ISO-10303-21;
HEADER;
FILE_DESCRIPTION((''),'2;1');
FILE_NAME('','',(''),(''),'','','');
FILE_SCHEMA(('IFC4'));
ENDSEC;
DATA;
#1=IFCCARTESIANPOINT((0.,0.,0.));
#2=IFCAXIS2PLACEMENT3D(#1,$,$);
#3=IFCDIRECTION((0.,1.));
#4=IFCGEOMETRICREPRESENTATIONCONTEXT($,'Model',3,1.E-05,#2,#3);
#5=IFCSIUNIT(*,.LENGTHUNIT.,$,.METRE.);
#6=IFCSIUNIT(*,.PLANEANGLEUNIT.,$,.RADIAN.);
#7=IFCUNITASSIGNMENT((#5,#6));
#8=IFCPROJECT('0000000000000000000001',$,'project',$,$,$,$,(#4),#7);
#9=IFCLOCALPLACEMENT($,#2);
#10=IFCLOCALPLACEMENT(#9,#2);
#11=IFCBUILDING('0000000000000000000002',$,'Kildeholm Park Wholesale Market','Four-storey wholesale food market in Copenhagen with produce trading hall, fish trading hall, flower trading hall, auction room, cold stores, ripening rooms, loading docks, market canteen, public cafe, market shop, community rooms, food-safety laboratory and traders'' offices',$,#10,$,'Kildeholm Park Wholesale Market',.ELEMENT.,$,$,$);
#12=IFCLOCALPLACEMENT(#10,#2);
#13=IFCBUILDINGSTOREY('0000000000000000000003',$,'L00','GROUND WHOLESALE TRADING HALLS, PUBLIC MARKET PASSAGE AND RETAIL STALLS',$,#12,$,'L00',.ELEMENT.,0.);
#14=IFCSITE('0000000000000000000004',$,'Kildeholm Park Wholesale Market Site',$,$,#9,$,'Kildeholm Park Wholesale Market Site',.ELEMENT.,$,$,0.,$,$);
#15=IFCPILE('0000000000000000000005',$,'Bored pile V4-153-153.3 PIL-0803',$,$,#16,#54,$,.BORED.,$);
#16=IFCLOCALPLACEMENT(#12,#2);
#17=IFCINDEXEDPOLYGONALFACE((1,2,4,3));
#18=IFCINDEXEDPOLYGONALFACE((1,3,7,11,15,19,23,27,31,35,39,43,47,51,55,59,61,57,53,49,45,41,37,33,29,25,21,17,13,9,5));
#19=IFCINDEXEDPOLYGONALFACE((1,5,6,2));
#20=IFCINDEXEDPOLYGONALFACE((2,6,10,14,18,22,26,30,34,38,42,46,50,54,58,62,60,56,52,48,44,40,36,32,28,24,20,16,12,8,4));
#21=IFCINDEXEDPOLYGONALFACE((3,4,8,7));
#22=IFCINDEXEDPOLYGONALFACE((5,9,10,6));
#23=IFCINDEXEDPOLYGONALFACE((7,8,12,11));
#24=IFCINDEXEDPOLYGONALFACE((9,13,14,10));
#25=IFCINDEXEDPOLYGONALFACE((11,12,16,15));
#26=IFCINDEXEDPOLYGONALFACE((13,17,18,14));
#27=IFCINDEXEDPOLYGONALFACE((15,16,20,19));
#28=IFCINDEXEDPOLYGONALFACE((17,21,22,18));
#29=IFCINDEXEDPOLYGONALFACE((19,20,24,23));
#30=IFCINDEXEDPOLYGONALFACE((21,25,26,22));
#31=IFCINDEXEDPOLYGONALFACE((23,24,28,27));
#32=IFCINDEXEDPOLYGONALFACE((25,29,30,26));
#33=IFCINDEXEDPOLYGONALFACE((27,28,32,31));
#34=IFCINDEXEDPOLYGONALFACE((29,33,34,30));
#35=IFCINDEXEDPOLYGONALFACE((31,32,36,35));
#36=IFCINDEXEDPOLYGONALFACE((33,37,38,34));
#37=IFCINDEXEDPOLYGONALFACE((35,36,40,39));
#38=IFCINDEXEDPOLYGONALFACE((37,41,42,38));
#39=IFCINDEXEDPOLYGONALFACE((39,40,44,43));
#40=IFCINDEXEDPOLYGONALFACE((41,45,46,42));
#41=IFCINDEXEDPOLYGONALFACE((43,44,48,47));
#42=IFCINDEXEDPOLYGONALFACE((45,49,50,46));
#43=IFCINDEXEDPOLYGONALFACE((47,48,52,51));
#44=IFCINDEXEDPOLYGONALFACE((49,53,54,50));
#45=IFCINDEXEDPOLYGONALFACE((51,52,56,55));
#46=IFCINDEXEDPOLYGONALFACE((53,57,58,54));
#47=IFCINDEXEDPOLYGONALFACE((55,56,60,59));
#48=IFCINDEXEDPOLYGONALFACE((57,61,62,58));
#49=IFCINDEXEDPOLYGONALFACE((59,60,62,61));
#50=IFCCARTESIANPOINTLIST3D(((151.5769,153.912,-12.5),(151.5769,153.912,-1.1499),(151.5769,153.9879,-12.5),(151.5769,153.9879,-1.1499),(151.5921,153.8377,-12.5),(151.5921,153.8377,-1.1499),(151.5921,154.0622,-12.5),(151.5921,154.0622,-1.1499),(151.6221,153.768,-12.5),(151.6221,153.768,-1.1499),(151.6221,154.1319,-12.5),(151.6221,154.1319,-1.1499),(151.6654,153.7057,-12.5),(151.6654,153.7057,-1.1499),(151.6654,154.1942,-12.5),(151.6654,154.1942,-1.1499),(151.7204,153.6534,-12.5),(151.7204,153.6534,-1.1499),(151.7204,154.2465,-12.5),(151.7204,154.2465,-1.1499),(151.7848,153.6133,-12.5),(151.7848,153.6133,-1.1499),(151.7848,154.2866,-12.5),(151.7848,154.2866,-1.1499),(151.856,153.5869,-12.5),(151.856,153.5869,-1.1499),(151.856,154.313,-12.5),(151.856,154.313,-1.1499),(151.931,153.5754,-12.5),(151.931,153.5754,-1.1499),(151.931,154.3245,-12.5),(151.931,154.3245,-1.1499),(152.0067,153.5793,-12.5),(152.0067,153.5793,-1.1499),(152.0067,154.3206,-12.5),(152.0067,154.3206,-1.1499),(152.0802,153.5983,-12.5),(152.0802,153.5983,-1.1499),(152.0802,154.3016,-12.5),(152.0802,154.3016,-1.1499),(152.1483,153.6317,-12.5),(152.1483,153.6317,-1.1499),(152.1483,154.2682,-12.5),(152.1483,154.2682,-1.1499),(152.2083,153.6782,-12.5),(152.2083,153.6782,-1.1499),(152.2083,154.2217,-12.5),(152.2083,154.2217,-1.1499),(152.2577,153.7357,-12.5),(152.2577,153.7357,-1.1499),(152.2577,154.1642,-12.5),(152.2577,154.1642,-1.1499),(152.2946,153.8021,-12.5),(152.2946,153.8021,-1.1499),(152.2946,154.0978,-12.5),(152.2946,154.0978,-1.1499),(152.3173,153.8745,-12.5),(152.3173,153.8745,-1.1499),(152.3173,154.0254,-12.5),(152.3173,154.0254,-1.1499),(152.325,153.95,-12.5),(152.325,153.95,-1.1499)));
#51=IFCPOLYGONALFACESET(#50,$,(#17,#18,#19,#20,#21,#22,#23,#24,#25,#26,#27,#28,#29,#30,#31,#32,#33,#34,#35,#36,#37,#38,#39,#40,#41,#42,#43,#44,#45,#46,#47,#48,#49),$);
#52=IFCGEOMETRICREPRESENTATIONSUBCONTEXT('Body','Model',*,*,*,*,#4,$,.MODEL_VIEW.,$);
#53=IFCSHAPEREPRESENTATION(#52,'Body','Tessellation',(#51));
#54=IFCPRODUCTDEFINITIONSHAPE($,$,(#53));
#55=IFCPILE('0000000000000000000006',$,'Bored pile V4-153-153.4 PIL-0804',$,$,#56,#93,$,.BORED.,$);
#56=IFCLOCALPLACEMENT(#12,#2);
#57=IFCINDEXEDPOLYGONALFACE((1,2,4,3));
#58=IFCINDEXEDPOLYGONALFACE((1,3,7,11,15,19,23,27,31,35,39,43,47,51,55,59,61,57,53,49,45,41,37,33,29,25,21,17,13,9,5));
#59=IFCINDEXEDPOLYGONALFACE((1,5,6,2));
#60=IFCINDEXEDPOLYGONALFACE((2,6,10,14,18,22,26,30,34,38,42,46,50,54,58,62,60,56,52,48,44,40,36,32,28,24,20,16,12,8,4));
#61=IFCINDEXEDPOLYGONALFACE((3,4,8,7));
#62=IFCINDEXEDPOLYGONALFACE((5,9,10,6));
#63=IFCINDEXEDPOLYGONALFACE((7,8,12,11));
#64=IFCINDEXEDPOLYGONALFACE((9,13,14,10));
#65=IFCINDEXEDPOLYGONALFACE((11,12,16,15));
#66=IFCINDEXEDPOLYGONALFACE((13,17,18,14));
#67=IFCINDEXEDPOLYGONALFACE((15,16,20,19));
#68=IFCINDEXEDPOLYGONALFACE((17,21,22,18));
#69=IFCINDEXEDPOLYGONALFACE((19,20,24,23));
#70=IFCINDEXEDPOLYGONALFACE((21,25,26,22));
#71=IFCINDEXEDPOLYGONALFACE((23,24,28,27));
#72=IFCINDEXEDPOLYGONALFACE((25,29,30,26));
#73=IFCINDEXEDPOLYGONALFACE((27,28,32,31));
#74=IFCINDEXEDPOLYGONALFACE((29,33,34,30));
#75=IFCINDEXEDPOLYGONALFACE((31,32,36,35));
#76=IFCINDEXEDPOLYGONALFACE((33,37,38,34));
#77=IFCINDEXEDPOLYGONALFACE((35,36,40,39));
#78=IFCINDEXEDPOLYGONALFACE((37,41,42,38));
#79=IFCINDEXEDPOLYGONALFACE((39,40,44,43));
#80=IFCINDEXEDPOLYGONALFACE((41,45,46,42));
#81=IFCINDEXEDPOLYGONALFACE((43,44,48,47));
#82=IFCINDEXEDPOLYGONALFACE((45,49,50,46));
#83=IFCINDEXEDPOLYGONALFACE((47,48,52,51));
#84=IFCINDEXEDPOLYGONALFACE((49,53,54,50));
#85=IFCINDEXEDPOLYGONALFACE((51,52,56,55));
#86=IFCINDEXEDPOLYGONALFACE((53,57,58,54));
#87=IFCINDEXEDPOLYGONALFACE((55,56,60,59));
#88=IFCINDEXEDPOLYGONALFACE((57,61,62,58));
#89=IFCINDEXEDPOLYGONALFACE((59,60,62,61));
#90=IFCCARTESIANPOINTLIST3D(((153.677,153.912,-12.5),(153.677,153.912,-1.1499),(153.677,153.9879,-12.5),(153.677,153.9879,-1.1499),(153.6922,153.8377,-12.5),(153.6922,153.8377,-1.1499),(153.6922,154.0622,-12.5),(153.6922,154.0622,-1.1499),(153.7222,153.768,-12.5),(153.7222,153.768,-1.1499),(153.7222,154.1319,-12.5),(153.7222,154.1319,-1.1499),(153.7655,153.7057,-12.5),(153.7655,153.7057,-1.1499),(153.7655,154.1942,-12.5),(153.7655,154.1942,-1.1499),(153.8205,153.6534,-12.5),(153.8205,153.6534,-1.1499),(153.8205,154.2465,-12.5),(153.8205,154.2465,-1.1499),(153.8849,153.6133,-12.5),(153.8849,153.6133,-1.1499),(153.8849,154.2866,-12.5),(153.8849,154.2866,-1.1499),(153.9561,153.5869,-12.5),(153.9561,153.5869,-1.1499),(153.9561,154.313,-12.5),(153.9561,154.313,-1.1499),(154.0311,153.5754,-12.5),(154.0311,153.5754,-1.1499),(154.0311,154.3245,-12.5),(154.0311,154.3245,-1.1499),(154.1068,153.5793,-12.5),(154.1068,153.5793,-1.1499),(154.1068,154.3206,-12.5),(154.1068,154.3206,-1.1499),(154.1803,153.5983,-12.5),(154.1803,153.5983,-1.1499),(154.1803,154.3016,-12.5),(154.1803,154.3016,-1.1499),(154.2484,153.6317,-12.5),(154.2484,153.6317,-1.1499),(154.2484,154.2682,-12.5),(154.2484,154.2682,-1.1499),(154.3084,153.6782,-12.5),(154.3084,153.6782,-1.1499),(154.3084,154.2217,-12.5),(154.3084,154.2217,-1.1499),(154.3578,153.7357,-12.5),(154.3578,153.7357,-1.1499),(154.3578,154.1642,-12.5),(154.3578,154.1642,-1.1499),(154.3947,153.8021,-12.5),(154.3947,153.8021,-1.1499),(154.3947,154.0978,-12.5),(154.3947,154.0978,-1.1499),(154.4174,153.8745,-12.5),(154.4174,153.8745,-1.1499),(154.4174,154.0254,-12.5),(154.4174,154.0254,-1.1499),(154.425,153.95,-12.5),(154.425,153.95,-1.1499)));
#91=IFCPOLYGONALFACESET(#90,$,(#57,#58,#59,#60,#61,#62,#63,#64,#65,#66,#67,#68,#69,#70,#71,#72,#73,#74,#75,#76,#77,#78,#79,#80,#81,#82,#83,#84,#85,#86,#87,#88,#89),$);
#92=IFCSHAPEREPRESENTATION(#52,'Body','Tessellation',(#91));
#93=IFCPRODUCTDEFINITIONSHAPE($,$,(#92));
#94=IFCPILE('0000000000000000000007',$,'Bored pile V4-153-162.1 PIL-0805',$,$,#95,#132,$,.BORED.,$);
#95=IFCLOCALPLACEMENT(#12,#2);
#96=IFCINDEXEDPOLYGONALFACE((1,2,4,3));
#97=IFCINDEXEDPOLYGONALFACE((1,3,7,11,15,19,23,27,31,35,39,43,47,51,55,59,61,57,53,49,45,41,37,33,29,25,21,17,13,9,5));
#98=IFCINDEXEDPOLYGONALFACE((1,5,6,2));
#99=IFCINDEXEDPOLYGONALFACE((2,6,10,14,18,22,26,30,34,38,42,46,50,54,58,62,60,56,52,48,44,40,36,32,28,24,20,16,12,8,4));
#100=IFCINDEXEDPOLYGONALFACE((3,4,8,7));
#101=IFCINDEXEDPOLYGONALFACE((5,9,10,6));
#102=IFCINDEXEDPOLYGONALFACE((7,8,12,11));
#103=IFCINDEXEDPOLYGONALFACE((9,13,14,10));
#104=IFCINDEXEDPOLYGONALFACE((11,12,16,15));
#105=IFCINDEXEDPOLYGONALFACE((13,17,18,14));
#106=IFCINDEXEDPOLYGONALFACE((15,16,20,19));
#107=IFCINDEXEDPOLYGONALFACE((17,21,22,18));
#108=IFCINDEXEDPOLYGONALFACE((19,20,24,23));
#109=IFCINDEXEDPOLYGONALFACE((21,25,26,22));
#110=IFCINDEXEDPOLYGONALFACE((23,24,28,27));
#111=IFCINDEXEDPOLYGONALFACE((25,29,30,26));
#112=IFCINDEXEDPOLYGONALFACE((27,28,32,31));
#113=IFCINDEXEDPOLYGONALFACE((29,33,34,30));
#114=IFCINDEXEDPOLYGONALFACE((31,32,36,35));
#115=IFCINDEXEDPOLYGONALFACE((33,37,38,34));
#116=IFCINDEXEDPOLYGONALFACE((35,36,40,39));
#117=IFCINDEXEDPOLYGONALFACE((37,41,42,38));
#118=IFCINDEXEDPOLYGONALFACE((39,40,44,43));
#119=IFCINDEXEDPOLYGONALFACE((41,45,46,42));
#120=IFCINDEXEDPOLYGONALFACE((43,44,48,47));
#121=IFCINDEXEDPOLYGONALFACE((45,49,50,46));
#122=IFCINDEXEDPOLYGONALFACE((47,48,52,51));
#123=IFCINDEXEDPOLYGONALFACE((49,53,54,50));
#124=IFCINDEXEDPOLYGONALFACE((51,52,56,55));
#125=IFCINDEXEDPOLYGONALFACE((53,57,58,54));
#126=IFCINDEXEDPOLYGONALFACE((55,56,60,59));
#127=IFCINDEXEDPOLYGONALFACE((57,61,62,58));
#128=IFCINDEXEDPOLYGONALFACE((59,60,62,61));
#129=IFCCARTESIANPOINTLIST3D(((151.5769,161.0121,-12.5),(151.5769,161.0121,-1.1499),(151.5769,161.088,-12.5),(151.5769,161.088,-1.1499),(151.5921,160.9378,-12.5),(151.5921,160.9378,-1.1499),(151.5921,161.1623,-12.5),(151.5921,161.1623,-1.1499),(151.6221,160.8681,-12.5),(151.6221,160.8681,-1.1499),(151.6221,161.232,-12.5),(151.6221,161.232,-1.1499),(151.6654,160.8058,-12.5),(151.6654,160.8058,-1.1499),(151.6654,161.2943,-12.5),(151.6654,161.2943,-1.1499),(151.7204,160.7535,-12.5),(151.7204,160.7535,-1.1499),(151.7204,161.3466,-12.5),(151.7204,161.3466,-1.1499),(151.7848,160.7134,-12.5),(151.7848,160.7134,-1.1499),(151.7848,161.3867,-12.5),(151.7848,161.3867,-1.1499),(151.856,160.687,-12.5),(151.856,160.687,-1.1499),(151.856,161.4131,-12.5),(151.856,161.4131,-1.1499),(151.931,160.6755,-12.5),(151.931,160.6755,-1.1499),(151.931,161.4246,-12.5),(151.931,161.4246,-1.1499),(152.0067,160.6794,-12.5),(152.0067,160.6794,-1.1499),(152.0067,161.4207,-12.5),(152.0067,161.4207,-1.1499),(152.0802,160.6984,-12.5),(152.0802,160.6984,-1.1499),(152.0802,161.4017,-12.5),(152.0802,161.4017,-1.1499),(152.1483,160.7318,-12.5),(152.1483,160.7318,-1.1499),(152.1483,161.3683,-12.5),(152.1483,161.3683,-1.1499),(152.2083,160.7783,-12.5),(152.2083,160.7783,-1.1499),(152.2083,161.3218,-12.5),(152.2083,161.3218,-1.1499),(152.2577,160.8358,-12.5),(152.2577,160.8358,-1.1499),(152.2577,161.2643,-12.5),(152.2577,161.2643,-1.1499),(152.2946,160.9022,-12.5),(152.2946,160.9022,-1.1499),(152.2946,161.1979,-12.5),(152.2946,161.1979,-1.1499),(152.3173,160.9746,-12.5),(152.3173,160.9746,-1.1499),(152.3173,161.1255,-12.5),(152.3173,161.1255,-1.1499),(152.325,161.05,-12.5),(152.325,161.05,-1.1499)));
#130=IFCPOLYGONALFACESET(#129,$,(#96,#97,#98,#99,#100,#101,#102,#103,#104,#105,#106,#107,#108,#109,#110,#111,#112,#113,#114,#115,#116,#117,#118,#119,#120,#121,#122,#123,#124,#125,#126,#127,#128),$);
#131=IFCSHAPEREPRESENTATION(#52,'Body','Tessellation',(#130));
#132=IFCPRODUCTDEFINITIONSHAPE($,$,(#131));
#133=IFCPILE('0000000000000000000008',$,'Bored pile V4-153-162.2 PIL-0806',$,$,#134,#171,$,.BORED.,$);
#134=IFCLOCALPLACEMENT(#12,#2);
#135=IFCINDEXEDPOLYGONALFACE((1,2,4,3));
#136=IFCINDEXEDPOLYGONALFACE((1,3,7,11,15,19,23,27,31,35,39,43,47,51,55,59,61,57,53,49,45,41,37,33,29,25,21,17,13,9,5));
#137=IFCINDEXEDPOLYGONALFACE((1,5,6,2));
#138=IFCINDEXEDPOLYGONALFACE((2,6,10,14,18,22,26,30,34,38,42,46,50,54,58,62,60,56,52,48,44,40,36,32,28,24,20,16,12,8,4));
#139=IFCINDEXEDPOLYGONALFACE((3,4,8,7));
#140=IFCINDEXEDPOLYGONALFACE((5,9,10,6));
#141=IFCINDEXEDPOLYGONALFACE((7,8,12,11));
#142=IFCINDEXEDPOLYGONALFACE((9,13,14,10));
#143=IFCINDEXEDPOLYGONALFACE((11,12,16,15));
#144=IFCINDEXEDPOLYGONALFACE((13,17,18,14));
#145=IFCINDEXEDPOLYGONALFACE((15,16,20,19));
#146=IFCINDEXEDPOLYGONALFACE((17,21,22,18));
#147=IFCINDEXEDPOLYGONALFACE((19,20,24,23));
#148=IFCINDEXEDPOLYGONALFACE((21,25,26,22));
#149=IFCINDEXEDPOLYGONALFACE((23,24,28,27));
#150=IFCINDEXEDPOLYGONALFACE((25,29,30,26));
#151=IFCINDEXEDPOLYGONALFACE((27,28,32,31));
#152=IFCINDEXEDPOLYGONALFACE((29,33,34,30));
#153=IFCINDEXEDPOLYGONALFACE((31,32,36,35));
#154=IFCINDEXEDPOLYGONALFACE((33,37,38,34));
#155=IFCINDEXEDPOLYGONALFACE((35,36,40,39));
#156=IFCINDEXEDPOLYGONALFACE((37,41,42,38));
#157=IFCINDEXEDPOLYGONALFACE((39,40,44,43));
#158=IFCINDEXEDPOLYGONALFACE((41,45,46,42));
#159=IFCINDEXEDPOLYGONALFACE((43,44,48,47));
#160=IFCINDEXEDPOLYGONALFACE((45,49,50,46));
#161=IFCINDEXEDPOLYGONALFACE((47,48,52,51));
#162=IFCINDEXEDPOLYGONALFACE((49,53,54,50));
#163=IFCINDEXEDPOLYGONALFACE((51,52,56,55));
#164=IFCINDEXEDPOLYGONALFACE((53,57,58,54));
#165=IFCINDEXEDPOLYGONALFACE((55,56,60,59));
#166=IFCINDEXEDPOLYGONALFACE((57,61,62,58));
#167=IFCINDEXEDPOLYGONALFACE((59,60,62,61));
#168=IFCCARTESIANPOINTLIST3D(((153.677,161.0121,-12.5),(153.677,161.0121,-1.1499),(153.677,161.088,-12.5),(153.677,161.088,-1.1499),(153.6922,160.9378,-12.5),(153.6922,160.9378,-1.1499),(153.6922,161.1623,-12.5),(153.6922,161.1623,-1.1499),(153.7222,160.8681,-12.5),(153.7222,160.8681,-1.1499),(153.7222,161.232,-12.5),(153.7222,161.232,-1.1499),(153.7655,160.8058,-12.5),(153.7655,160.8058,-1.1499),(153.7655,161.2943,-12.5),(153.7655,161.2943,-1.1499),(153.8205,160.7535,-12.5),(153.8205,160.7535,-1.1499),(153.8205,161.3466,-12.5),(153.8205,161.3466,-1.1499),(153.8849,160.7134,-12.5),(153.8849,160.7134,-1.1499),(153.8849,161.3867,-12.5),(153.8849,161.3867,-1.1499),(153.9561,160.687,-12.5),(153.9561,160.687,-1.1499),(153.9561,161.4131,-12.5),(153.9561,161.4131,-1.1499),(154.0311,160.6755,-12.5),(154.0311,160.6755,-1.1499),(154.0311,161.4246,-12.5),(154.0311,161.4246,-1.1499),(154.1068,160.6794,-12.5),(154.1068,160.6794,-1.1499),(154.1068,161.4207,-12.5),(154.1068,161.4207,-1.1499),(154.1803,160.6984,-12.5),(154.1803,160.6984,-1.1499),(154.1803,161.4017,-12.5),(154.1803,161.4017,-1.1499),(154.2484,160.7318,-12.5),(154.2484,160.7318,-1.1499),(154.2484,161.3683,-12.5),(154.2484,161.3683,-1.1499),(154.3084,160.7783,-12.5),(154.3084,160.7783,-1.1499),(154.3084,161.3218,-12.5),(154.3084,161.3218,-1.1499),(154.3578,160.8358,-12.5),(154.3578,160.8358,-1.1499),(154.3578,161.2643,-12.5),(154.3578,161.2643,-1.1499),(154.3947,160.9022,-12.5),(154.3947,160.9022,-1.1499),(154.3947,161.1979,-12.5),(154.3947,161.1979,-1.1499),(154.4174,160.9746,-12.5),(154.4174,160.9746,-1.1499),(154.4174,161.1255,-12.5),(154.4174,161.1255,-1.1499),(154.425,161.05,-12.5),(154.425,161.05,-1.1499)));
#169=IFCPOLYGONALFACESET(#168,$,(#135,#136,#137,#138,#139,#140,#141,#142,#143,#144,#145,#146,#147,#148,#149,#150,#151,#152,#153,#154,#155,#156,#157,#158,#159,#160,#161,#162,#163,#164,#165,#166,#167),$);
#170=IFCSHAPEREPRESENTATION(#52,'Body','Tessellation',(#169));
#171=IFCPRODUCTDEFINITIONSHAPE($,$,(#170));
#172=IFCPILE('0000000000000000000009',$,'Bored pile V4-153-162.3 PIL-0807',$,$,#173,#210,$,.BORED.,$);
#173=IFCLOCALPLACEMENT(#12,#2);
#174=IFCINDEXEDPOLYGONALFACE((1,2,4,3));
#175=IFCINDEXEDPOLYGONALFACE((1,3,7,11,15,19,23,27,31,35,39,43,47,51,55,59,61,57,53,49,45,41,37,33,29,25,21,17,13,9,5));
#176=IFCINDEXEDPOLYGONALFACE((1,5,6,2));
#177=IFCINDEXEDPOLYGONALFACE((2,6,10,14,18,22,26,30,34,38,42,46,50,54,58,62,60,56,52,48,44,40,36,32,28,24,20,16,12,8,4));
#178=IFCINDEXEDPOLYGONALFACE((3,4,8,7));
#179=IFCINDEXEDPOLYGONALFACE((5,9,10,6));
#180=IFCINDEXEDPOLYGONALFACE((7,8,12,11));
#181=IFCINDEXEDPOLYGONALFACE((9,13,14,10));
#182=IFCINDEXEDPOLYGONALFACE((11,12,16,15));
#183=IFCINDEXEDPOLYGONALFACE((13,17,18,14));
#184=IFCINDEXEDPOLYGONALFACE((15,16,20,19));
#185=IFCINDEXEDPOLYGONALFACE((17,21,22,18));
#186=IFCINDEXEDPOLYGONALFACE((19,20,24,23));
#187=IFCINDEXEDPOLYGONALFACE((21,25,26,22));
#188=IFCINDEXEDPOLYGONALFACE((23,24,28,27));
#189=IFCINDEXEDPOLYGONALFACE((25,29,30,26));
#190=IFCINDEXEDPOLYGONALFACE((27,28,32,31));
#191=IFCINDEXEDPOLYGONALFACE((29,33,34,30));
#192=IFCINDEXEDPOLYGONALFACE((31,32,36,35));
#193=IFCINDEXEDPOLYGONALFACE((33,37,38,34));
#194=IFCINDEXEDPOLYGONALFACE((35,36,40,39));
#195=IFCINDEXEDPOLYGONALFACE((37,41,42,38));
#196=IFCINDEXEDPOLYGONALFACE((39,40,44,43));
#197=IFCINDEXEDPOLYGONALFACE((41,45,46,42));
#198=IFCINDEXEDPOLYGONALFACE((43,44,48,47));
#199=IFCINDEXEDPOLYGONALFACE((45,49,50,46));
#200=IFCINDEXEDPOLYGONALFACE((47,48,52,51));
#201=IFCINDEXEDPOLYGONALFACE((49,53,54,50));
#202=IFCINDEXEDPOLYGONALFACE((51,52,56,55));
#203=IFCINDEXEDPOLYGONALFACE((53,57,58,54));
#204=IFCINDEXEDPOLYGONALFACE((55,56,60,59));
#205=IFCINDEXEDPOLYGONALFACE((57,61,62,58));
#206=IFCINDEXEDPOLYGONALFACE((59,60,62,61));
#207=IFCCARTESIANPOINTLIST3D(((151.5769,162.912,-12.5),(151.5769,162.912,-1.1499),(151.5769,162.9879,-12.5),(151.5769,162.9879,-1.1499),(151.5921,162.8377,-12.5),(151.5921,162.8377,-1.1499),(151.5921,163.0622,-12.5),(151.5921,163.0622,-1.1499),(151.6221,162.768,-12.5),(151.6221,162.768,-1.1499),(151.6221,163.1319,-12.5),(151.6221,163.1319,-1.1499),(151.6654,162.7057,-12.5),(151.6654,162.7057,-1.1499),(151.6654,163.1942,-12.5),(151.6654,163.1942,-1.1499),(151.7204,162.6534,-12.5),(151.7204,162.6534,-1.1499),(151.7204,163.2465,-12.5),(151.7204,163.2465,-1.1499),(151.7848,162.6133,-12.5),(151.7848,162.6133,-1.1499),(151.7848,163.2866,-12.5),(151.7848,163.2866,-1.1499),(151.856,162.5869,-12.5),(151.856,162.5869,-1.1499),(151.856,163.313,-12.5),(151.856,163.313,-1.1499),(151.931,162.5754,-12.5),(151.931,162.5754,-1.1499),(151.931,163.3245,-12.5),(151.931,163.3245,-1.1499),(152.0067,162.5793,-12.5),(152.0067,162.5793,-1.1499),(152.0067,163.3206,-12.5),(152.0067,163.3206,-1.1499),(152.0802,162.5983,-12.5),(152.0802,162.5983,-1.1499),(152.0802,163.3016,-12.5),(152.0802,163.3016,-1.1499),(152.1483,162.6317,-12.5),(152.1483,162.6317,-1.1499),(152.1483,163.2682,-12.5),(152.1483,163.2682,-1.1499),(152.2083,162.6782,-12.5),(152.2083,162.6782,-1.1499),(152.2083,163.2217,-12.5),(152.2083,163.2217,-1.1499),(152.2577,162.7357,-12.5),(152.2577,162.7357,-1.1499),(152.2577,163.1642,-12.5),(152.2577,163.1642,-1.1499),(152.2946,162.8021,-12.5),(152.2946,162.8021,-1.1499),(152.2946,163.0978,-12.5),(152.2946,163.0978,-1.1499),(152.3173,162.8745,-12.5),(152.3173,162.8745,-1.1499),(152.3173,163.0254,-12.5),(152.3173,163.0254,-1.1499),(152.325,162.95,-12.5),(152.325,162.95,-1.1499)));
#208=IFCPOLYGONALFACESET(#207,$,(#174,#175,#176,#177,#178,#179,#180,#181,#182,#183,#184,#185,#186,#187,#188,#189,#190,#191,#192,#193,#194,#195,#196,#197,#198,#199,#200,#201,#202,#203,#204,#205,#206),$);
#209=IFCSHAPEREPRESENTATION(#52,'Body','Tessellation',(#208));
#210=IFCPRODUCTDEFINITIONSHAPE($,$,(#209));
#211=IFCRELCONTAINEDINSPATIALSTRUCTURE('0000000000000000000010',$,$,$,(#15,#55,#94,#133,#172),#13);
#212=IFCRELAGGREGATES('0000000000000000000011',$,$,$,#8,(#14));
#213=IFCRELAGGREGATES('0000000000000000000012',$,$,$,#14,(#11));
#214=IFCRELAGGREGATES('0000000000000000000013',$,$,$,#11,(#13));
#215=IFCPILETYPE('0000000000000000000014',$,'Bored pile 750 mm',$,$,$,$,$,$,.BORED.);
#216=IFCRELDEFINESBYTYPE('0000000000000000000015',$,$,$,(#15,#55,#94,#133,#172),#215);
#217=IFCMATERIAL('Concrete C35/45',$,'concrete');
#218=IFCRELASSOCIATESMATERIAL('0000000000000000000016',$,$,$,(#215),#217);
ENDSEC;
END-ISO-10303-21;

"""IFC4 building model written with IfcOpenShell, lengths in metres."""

from ifc_helpers import new_model, si_unit, direction, frame, origin, origin_2d, place, context, subcontext, project, spatial, circle, extrude, material, material_profile, profile_set, type_object, element, save


model = new_model("IFC4")

# Units and contexts
model_context = context("Model", 3, precision=1e-05, world=origin(), true_north=direction((0.0, 1.0)))
body_context = subcontext(model_context, "Body", "Model", "MODEL_VIEW")
ifc_project = project(units=[si_unit("LENGTHUNIT", "METRE"), si_unit("PLANEANGLEUNIT", "RADIAN")], contexts=[model_context])

# Site, building, storey
site_placement = place(None, origin())
site = spatial("IfcSite", under=ifc_project, at=site_placement, Name="Kildeholm Park Wholesale Market Site", LongName="Kildeholm Park Wholesale Market Site", CompositionType="ELEMENT", RefElevation=0.0)
building_placement = place(site_placement, origin())
building = spatial("IfcBuilding", under=site, at=building_placement, Name="Kildeholm Park Wholesale Market", Description="Four-storey wholesale food market in Copenhagen with produce trading hall, fish trading hall, flower trading hall, auction room, cold stores, ripening rooms, loading docks, market canteen, public cafe, market shop, community rooms, food-safety laboratory and traders' offices", LongName="Kildeholm Park Wholesale Market", CompositionType="ELEMENT")
storey_placement = place(building_placement, origin())
storey = spatial("IfcBuildingStorey", under=building, at=storey_placement, Name="L00", Description="GROUND WHOLESALE TRADING HALLS, PUBLIC MARKET PASSAGE AND RETAIL STALLS", LongName="L00", CompositionType="ELEMENT", Elevation=0.0)

# Piles
ifc_material_1 = material(Name="Concrete C35/45", Category="concrete")
ifc_material_profile_1 = material_profile(ifc_material_1, circle(Radius=0.375, at=origin_2d()), Name="PILE D750")
ifc_profile_set_1 = profile_set([ifc_material_profile_1], Name="Concrete C35/45")
pile_type = type_object("IfcPileType", Name="Bored pile 750 mm", PredefinedType="BORED", material=ifc_profile_set_1)
for number, where, z_axis, x_axis, name in (
    (1, (151.95, 153.95, -1.1499), (0.0, 0.0, -1.0), (1.0, 0.0, 0.0), "Bored pile V4-153-153.3 PIL-0803"),
    (2, (154.05, 153.95, -1.1499), (0.0, 0.0, -1.0), (1.0, 0.0, 0.0), "Bored pile V4-153-153.4 PIL-0804"),
    (3, (151.95, 161.05, -1.1499), (0.0, 0.0, -1.0), (1.0, 0.0, 0.0), "Bored pile V4-153-162.1 PIL-0805"),
    (4, (154.05, 161.05, -1.1499), (0.0, 0.0, -1.0), (1.0, 0.0, 0.0), "Bored pile V4-153-162.2 PIL-0806"),
    (5, (151.95, 162.95, -1.1499), (0.0, 0.0, -1.0), (1.0, 0.0, 0.0), "Bored pile V4-153-162.3 PIL-0807"),
):
    element("IfcPile", number, at=place(storey_placement, frame(where, z_axis=z_axis, x_axis=x_axis)), inside=storey, type_object=pile_type, Name=name, PredefinedType="BORED", context=body_context, shape_type="SweptSolid", body=[
        extrude(circle(Radius=0.375, at=origin_2d()), origin(), (0.0, 0.0, 1.0), 11.3501),
    ])

save(model, "model.ifc")
